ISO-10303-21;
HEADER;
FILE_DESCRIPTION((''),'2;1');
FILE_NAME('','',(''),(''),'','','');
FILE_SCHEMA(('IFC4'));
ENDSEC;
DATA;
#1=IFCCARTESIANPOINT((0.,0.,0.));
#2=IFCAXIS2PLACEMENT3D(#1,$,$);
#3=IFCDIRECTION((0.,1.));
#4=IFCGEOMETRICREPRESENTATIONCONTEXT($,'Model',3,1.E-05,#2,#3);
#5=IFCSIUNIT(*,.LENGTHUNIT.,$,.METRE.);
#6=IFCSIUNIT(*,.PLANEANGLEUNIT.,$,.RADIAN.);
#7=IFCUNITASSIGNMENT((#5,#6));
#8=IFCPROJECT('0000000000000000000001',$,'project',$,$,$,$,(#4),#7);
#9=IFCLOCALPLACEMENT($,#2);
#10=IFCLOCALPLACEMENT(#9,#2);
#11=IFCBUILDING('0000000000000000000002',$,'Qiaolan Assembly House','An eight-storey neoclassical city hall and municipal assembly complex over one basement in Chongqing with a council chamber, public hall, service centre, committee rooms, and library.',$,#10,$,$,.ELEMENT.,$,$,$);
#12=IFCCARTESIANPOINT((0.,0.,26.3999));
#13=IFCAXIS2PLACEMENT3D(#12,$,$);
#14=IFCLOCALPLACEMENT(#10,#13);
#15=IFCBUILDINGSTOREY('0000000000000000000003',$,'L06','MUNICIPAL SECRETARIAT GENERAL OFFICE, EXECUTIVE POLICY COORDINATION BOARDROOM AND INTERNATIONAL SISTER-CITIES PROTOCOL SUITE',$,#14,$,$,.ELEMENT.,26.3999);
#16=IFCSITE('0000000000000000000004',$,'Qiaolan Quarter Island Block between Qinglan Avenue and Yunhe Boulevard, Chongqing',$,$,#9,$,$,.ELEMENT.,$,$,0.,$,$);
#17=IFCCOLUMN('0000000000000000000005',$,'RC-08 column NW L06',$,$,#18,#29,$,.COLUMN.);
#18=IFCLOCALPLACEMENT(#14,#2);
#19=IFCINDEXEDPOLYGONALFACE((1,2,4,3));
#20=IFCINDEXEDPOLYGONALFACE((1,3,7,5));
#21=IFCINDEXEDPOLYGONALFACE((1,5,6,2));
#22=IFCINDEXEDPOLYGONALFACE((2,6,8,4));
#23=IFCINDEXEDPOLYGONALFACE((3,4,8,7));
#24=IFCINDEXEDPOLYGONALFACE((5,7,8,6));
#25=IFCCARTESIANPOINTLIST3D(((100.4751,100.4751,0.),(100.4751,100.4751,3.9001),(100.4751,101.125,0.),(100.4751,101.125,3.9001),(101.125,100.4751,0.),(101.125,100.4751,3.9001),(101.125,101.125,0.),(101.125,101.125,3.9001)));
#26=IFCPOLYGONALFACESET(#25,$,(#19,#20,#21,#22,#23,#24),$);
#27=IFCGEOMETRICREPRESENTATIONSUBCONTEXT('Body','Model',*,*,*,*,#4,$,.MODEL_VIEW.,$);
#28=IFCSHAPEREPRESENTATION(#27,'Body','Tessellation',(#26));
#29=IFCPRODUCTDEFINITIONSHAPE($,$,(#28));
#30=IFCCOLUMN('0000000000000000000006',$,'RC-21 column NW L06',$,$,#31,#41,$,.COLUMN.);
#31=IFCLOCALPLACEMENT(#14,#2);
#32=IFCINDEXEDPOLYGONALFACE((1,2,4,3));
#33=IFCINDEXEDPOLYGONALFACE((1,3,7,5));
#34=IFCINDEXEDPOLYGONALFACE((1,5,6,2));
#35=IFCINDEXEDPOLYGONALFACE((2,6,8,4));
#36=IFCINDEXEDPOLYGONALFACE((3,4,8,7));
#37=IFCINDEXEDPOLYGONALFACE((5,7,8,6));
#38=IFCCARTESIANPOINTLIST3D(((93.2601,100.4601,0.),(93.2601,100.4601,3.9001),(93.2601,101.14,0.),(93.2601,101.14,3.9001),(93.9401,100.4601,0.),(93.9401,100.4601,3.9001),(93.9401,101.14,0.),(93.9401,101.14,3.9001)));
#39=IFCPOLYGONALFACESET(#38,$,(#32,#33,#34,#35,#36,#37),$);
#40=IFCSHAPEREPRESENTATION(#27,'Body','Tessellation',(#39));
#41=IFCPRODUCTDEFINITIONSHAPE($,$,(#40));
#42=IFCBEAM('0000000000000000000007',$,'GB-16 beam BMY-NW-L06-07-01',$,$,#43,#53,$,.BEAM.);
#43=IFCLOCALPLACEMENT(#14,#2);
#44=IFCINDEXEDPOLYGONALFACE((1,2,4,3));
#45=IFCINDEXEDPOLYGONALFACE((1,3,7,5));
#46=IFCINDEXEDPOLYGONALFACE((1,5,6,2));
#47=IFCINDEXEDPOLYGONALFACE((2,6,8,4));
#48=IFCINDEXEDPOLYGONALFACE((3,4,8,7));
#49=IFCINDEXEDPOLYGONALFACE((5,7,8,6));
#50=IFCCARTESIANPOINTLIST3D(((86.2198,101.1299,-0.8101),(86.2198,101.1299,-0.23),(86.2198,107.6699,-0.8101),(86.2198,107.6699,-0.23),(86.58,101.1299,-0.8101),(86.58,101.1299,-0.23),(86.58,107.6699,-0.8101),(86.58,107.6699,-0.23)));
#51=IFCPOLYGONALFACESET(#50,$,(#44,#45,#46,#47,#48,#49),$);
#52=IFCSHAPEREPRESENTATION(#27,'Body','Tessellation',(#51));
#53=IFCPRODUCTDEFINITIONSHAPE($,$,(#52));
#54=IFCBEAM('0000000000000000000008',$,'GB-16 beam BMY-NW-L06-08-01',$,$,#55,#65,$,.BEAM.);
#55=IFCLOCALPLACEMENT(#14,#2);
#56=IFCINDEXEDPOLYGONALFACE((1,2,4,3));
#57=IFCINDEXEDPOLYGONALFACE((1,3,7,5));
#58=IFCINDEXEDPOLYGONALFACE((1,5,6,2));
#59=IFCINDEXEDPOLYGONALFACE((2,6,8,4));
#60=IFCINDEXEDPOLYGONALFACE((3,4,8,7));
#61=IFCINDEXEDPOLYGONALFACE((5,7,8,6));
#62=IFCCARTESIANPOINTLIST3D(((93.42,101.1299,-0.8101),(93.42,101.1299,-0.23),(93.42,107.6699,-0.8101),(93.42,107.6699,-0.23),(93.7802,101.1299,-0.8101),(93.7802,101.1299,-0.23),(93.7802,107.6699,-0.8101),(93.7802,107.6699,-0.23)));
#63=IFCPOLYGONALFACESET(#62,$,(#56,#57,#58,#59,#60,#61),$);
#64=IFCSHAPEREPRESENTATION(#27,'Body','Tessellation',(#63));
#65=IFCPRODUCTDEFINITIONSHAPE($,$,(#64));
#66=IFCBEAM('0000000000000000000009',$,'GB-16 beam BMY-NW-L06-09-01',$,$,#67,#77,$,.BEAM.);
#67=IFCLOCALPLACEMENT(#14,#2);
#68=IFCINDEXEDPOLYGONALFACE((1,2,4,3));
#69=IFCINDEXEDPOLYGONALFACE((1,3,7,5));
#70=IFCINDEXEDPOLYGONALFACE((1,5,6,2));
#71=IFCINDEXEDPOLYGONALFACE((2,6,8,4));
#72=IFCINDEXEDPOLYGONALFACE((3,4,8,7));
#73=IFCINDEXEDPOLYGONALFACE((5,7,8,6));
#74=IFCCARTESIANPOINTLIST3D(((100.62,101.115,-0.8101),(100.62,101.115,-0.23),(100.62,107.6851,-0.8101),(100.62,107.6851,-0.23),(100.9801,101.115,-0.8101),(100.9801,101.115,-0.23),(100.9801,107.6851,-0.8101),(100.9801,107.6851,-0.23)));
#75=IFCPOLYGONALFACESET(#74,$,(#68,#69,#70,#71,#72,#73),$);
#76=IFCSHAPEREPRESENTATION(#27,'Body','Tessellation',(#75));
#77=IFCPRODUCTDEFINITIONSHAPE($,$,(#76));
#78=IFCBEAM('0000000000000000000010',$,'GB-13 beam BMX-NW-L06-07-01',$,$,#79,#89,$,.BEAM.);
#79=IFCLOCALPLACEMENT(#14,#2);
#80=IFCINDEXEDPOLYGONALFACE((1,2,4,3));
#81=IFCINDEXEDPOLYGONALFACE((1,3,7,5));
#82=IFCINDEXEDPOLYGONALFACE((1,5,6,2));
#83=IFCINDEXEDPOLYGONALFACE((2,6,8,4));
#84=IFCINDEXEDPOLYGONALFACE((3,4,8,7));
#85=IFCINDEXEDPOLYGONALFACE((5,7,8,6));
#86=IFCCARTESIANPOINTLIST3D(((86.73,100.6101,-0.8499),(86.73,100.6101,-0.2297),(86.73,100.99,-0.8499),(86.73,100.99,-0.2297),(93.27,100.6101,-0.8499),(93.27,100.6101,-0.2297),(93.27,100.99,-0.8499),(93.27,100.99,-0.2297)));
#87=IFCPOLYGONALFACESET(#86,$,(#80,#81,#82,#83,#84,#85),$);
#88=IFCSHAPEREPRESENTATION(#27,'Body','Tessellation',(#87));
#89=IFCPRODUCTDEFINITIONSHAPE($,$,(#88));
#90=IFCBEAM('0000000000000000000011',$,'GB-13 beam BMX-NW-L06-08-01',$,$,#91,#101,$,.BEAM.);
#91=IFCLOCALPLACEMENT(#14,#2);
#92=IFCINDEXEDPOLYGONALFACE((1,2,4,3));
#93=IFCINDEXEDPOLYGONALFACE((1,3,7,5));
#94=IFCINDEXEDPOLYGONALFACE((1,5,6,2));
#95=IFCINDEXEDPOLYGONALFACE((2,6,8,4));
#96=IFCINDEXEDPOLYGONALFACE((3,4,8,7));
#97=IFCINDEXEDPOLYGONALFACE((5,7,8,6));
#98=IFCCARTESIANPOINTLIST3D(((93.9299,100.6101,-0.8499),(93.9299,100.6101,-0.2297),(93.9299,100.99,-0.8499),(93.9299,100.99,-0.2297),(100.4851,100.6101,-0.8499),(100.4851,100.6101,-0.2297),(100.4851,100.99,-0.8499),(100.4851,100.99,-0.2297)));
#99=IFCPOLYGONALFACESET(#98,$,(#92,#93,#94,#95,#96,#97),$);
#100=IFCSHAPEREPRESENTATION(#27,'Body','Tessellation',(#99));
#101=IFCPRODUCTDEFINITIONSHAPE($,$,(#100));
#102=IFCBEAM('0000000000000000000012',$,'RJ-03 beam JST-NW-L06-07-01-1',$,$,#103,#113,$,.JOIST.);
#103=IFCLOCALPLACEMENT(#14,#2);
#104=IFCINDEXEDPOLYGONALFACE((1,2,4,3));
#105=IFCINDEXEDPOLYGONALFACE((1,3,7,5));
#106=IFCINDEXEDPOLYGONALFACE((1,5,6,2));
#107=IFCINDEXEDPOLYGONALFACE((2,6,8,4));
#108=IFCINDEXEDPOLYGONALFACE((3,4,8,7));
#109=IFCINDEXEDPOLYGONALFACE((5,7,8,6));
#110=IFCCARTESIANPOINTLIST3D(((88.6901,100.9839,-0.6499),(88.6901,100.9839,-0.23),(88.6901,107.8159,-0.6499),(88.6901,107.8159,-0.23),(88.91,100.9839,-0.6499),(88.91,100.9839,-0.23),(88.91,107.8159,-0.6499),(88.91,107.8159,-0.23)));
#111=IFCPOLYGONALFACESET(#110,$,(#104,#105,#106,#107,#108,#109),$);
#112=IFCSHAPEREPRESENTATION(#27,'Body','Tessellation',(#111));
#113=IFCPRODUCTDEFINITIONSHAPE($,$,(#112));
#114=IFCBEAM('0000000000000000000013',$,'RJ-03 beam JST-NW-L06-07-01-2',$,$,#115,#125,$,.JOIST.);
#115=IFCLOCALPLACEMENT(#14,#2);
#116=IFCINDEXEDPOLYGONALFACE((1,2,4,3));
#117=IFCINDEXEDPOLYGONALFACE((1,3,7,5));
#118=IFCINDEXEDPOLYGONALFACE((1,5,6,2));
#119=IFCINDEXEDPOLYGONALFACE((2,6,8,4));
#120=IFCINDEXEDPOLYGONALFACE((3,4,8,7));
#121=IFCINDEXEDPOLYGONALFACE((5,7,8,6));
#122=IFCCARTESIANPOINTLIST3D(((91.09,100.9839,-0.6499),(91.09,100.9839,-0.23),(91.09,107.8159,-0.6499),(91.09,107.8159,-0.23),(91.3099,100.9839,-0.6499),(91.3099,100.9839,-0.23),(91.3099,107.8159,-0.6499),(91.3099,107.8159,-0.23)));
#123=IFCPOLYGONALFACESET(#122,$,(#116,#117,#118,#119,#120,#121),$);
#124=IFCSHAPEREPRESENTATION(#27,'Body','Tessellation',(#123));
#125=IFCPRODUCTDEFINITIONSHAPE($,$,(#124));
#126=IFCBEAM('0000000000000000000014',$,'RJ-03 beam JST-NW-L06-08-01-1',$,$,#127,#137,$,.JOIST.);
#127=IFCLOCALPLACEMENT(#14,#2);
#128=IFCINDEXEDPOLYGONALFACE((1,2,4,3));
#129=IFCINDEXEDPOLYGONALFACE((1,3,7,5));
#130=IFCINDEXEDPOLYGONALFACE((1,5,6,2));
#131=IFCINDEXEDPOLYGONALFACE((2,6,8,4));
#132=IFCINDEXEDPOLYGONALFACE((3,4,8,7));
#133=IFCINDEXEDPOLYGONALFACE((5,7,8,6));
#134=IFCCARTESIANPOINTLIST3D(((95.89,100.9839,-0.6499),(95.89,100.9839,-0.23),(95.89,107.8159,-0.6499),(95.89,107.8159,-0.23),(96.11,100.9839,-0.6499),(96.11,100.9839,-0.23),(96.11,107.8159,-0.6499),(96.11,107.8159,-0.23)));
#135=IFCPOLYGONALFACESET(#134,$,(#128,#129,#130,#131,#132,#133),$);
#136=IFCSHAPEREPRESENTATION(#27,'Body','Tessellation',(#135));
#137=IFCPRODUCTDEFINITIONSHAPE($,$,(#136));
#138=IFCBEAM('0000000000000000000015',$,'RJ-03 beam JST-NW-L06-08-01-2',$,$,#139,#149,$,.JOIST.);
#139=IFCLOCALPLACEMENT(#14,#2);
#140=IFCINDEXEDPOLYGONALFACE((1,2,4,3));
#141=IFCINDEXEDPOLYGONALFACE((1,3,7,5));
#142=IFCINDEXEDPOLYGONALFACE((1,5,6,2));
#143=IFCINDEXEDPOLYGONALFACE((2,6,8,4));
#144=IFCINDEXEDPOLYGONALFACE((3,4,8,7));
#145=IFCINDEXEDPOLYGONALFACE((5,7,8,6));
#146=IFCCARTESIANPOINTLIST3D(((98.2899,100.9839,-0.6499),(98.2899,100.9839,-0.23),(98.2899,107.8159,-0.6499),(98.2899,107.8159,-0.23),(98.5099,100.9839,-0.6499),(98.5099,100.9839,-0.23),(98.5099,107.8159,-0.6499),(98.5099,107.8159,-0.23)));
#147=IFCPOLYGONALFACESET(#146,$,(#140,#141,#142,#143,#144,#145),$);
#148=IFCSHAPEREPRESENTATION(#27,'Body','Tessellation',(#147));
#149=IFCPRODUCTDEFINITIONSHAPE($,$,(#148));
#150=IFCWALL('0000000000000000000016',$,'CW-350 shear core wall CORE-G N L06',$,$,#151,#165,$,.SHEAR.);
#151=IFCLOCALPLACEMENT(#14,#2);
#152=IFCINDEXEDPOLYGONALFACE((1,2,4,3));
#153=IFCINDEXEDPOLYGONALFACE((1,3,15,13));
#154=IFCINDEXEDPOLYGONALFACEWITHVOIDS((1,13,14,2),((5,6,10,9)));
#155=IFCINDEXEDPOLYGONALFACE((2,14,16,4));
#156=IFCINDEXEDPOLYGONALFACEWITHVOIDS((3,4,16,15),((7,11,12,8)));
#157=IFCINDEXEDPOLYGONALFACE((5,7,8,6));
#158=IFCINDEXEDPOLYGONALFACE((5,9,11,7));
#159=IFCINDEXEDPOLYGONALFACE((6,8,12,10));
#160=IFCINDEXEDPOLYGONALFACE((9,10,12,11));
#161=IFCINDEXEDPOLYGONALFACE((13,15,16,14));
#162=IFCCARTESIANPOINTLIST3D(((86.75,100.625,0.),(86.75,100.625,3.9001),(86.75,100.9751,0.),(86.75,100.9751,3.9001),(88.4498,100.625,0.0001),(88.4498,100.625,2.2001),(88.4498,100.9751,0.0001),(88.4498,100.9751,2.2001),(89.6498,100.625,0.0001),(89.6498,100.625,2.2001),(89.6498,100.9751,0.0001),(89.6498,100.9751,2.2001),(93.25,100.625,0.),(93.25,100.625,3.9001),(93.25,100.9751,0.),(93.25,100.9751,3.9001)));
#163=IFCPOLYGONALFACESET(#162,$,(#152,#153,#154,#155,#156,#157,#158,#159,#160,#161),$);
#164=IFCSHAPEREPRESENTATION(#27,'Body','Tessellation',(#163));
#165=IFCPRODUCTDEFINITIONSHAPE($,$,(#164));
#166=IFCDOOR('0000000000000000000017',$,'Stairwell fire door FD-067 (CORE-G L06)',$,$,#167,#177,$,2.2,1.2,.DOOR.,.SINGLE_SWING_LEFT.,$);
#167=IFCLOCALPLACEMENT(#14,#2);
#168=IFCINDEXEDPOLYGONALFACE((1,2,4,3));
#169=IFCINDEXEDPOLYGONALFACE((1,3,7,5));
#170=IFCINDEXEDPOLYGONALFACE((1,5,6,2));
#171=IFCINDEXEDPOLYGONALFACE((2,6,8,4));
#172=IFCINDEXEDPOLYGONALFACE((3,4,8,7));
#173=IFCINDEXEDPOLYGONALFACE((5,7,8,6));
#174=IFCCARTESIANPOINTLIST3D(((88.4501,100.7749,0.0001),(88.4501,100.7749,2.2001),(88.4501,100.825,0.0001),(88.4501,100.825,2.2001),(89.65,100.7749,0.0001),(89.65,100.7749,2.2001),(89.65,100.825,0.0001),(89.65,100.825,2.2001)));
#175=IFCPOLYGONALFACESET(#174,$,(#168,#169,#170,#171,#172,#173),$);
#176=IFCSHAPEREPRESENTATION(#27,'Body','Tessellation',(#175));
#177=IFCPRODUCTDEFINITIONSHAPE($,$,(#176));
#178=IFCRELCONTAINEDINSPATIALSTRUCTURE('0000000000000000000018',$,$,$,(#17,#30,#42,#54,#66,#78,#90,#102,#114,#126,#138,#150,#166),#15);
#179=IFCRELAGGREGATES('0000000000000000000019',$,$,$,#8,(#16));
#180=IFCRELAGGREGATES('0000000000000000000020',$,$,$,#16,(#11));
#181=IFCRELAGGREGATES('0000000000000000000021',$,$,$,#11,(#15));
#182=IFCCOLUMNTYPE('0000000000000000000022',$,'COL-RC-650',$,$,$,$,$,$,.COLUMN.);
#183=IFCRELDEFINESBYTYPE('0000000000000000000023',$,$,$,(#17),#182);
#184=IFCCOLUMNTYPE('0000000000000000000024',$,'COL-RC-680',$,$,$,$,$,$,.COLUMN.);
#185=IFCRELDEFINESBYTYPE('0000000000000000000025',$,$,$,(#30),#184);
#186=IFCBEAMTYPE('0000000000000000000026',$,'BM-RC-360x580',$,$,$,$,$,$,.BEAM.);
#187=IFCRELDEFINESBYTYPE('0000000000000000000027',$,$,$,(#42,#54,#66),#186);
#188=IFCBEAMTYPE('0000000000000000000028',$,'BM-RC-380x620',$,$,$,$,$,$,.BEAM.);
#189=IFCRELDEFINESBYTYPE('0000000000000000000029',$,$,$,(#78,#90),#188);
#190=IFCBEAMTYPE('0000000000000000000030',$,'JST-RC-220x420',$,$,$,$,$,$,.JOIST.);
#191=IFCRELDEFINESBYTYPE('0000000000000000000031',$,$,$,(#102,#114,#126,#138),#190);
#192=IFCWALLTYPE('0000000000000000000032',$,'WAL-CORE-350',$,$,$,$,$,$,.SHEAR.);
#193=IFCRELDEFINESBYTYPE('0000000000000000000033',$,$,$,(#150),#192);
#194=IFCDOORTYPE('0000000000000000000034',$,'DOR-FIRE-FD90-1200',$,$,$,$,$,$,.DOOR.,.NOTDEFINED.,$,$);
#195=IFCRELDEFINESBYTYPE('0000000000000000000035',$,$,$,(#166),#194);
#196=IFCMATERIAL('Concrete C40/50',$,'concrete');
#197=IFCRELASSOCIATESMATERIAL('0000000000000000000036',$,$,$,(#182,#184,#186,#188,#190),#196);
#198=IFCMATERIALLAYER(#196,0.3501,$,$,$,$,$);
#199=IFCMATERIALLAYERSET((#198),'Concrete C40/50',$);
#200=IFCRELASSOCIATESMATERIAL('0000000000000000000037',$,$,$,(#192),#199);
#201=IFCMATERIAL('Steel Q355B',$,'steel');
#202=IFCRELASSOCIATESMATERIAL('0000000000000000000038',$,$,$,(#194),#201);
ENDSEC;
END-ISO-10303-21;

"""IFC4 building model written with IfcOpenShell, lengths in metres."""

from ifc_helpers import new_model, si_unit, direction, frame, frame_2d, origin, origin_2d, place, context, subcontext, project, spatial, rectangle, extrude, material, layer, layer_set, material_profile, profile_set, type_object, element, fill, save


model = new_model("IFC4")

# Units and contexts
model_context = context("Model", 3, precision=1e-05, world=origin(), true_north=direction((0.0, 1.0)))
body_context = subcontext(model_context, "Body", "Model", "MODEL_VIEW")
ifc_project = project(units=[si_unit("LENGTHUNIT", "METRE"), si_unit("PLANEANGLEUNIT", "RADIAN")], contexts=[model_context])

# Site, building, storey
site_placement = place(None, origin())
site = spatial("IfcSite", under=ifc_project, at=site_placement, Name="Qiaolan Quarter Island Block between Qinglan Avenue and Yunhe Boulevard, Chongqing", CompositionType="ELEMENT", RefElevation=0.0)
building_placement = place(site_placement, origin())
building = spatial("IfcBuilding", under=site, at=building_placement, Name="Qiaolan Assembly House", Description="An eight-storey neoclassical city hall and municipal assembly complex over one basement in Chongqing with a council chamber, public hall, service centre, committee rooms, and library.", CompositionType="ELEMENT")
storey_placement = place(building_placement, frame((0.0, 0.0, 26.3999)))
storey = spatial("IfcBuildingStorey", under=building, at=storey_placement, Name="L06", Description="MUNICIPAL SECRETARIAT GENERAL OFFICE, EXECUTIVE POLICY COORDINATION BOARDROOM AND INTERNATIONAL SISTER-CITIES PROTOCOL SUITE", CompositionType="ELEMENT", Elevation=26.3999)

# Columns
ifc_material_1 = material(Name="Concrete C40/50", Category="concrete")
ifc_material_profile_1 = material_profile(ifc_material_1, rectangle(XDim=0.6499, YDim=0.6499, at=origin_2d()), Name="RC 650x650")
ifc_profile_set_1 = profile_set([ifc_material_profile_1], Name="Concrete C40/50")
column_type_1 = type_object("IfcColumnType", Name="COL-RC-650", PredefinedType="COLUMN", material=ifc_profile_set_1)
column_1_placement = place(storey_placement, frame((100.8, 100.8, 0.0), z_axis=(0.0, 0.0, 1.0), x_axis=(1.0, 0.0, 0.0)))
element("IfcColumn", 1, at=column_1_placement, inside=storey, type_object=column_type_1, Name="RC-08 column NW L06", PredefinedType="COLUMN", context=body_context, shape_type="SweptSolid", body=[
    extrude(rectangle(XDim=0.6499, YDim=0.6499, at=origin_2d()), origin(), (0.0, 0.0, 1.0), 3.9001),
])
ifc_material_profile_2 = material_profile(ifc_material_1, rectangle(XDim=0.6799, YDim=0.6799, at=origin_2d()), Name="RC 680x680")
ifc_profile_set_2 = profile_set([ifc_material_profile_2], Name="Concrete C40/50")
column_type_2 = type_object("IfcColumnType", Name="COL-RC-680", PredefinedType="COLUMN", material=ifc_profile_set_2)
column_2_placement = place(storey_placement, frame((93.6001, 100.8, 0.0), z_axis=(0.0, 0.0, 1.0), x_axis=(1.0, 0.0, 0.0)))
element("IfcColumn", 2, at=column_2_placement, inside=storey, type_object=column_type_2, Name="RC-21 column NW L06", PredefinedType="COLUMN", context=body_context, shape_type="SweptSolid", body=[
    extrude(rectangle(XDim=0.6799, YDim=0.6799, at=origin_2d()), origin(), (0.0, 0.0, 1.0), 3.9001),
])

# Beams
ifc_material_profile_3 = material_profile(ifc_material_1, rectangle(XDim=0.3601, YDim=0.5801, at=origin_2d()), Name="RCB 360x580")
ifc_profile_set_3 = profile_set([ifc_material_profile_3], Name="Concrete C40/50")
beam_type_1 = type_object("IfcBeamType", Name="BM-RC-360x580", PredefinedType="BEAM", material=ifc_profile_set_3)
for number, where, z_axis, x_axis, name in (
    (3, (86.3999, 101.1299, -0.52), (0.0, 1.0, 0.0), (-1.0, 0.0, 0.0), "GB-16 beam BMY-NW-L06-07-01"),
    (4, (93.6001, 101.1299, -0.52), (0.0, 1.0, 0.0), (-1.0, 0.0, 0.0), "GB-16 beam BMY-NW-L06-08-01"),
):
    element("IfcBeam", number, at=place(storey_placement, frame(where, z_axis=z_axis, x_axis=x_axis)), inside=storey, type_object=beam_type_1, Name=name, PredefinedType="BEAM", context=body_context, shape_type="SweptSolid", body=[
        extrude(rectangle(XDim=0.3601, YDim=0.5801, at=origin_2d()), origin(), (0.0, 0.0, 1.0), 6.54),
    ])
beam_1_placement = place(storey_placement, frame((100.8, 101.115, -0.52), z_axis=(0.0, 1.0, 0.0), x_axis=(-1.0, 0.0, 0.0)))
element("IfcBeam", 5, at=beam_1_placement, inside=storey, type_object=beam_type_1, Name="GB-16 beam BMY-NW-L06-09-01", PredefinedType="BEAM", context=body_context, shape_type="SweptSolid", body=[
    extrude(rectangle(XDim=0.3601, YDim=0.5801, at=origin_2d()), origin(), (0.0, 0.0, 1.0), 6.5701),
])
ifc_material_profile_4 = material_profile(ifc_material_1, rectangle(XDim=0.3799, YDim=0.6201, at=origin_2d()), Name="RCB 380x620")
ifc_profile_set_4 = profile_set([ifc_material_profile_4], Name="Concrete C40/50")
beam_type_2 = type_object("IfcBeamType", Name="BM-RC-380x620", PredefinedType="BEAM", material=ifc_profile_set_4)
beam_2_placement = place(storey_placement, frame((86.73, 100.8, -0.5398), z_axis=(1.0, 0.0, 0.0), x_axis=(0.0, 1.0, 0.0)))
element("IfcBeam", 6, at=beam_2_placement, inside=storey, type_object=beam_type_2, Name="GB-13 beam BMX-NW-L06-07-01", PredefinedType="BEAM", context=body_context, shape_type="SweptSolid", body=[
    extrude(rectangle(XDim=0.3799, YDim=0.6201, at=origin_2d()), origin(), (0.0, 0.0, 1.0), 6.54),
])
beam_3_placement = place(storey_placement, frame((93.9299, 100.8, -0.5398), z_axis=(1.0, 0.0, 0.0), x_axis=(0.0, 1.0, 0.0)))
element("IfcBeam", 7, at=beam_3_placement, inside=storey, type_object=beam_type_2, Name="GB-13 beam BMX-NW-L06-08-01", PredefinedType="BEAM", context=body_context, shape_type="SweptSolid", body=[
    extrude(rectangle(XDim=0.3799, YDim=0.6201, at=origin_2d()), origin(), (0.0, 0.0, 1.0), 6.5552),
])
ifc_material_profile_5 = material_profile(ifc_material_1, rectangle(XDim=0.22, YDim=0.4199, at=origin_2d()), Name="RCB 220x420")
ifc_profile_set_5 = profile_set([ifc_material_profile_5], Name="Concrete C40/50")
beam_type_3 = type_object("IfcBeamType", Name="JST-RC-220x420", PredefinedType="JOIST", material=ifc_profile_set_5)
for number, where, z_axis, x_axis, name in (
    (8, (88.8, 100.9839, -0.4399), (0.0, 1.0, 0.0), (-1.0, 0.0, 0.0), "RJ-03 beam JST-NW-L06-07-01-1"),
    (9, (91.2, 100.9839, -0.4399), (0.0, 1.0, 0.0), (-1.0, 0.0, 0.0), "RJ-03 beam JST-NW-L06-07-01-2"),
    (10, (96.0, 100.9839, -0.4399), (0.0, 1.0, 0.0), (-1.0, 0.0, 0.0), "RJ-03 beam JST-NW-L06-08-01-1"),
    (11, (98.3999, 100.9839, -0.4399), (0.0, 1.0, 0.0), (-1.0, 0.0, 0.0), "RJ-03 beam JST-NW-L06-08-01-2"),
):
    element("IfcBeam", number, at=place(storey_placement, frame(where, z_axis=z_axis, x_axis=x_axis)), inside=storey, type_object=beam_type_3, Name=name, PredefinedType="JOIST", context=body_context, shape_type="SweptSolid", body=[
        extrude(rectangle(XDim=0.22, YDim=0.4199, at=origin_2d()), origin(), (0.0, 0.0, 1.0), 6.832),
    ])

# Wall, opening, door
ifc_layer_1 = layer(ifc_material_1, 0.3501)
ifc_layer_set_1 = layer_set([ifc_layer_1], Name="Concrete C40/50")
wall_type_1 = type_object("IfcWallType", Name="WAL-CORE-350", PredefinedType="SHEAR", material=ifc_layer_set_1)
wall_1_placement = place(storey_placement, frame((93.25, 100.8, 0.0), z_axis=(0.0, 0.0, 1.0), x_axis=(-1.0, 0.0, 0.0)))
wall_1 = element("IfcWall", 12, at=wall_1_placement, inside=storey, type_object=wall_type_1, Name="CW-350 shear core wall CORE-G N L06", PredefinedType="SHEAR", context=body_context, shape_type="SweptSolid", body=[
    extrude(rectangle(XDim=6.5, YDim=0.3501, at=frame_2d((3.25, 0.0))), origin(), (0.0, 0.0, 1.0), 3.9001),
])
opening_1_placement = place(wall_1_placement, frame((3.6001, 0.0, 0.0)))
opening_1 = element("IfcOpeningElement", 13, at=opening_1_placement, cuts=wall_1, PredefinedType="OPENING", context=body_context, shape_type="SweptSolid", body=[
    extrude(rectangle(XDim=1.2, YDim=2.2, at=frame_2d((0.6001, 1.1001))), frame((0.0, 0.1851, 0.0), z_axis=(0.0, -1.0, 0.0), x_axis=(1.0, 0.0, 0.0)), (0.0, 0.0, 1.0), 0.3701),
])
ifc_material_2 = material(Name="Steel Q355B", Category="steel")
door_type_1 = type_object("IfcDoorType", Name="DOR-FIRE-FD90-1200", OperationType="NOTDEFINED", PredefinedType="DOOR", material=ifc_material_2)
door_1_placement = place(opening_1_placement, frame((1.2, 0.0, 0.0), z_axis=(0.0, 0.0, 1.0), x_axis=(-1.0, 0.0, 0.0)))
door_1 = element("IfcDoor", 14, at=door_1_placement, inside=storey, type_object=door_type_1, Name="Stairwell fire door FD-067 (CORE-G L06)", OperationType="SINGLE_SWING_LEFT", OverallHeight=2.2, OverallWidth=1.2, PredefinedType="DOOR", context=body_context, shape_type="SweptSolid", body=[
    extrude(rectangle(XDim=1.2, YDim=2.2, at=frame_2d((0.6001, 1.1001))), frame((0.0, 0.0249, 0.0), z_axis=(0.0, -1.0, 0.0), x_axis=(1.0, 0.0, 0.0)), (0.0, 0.0, 1.0), 0.05),
])
fill(opening_1, door_1)

save(model, "model.ifc")
